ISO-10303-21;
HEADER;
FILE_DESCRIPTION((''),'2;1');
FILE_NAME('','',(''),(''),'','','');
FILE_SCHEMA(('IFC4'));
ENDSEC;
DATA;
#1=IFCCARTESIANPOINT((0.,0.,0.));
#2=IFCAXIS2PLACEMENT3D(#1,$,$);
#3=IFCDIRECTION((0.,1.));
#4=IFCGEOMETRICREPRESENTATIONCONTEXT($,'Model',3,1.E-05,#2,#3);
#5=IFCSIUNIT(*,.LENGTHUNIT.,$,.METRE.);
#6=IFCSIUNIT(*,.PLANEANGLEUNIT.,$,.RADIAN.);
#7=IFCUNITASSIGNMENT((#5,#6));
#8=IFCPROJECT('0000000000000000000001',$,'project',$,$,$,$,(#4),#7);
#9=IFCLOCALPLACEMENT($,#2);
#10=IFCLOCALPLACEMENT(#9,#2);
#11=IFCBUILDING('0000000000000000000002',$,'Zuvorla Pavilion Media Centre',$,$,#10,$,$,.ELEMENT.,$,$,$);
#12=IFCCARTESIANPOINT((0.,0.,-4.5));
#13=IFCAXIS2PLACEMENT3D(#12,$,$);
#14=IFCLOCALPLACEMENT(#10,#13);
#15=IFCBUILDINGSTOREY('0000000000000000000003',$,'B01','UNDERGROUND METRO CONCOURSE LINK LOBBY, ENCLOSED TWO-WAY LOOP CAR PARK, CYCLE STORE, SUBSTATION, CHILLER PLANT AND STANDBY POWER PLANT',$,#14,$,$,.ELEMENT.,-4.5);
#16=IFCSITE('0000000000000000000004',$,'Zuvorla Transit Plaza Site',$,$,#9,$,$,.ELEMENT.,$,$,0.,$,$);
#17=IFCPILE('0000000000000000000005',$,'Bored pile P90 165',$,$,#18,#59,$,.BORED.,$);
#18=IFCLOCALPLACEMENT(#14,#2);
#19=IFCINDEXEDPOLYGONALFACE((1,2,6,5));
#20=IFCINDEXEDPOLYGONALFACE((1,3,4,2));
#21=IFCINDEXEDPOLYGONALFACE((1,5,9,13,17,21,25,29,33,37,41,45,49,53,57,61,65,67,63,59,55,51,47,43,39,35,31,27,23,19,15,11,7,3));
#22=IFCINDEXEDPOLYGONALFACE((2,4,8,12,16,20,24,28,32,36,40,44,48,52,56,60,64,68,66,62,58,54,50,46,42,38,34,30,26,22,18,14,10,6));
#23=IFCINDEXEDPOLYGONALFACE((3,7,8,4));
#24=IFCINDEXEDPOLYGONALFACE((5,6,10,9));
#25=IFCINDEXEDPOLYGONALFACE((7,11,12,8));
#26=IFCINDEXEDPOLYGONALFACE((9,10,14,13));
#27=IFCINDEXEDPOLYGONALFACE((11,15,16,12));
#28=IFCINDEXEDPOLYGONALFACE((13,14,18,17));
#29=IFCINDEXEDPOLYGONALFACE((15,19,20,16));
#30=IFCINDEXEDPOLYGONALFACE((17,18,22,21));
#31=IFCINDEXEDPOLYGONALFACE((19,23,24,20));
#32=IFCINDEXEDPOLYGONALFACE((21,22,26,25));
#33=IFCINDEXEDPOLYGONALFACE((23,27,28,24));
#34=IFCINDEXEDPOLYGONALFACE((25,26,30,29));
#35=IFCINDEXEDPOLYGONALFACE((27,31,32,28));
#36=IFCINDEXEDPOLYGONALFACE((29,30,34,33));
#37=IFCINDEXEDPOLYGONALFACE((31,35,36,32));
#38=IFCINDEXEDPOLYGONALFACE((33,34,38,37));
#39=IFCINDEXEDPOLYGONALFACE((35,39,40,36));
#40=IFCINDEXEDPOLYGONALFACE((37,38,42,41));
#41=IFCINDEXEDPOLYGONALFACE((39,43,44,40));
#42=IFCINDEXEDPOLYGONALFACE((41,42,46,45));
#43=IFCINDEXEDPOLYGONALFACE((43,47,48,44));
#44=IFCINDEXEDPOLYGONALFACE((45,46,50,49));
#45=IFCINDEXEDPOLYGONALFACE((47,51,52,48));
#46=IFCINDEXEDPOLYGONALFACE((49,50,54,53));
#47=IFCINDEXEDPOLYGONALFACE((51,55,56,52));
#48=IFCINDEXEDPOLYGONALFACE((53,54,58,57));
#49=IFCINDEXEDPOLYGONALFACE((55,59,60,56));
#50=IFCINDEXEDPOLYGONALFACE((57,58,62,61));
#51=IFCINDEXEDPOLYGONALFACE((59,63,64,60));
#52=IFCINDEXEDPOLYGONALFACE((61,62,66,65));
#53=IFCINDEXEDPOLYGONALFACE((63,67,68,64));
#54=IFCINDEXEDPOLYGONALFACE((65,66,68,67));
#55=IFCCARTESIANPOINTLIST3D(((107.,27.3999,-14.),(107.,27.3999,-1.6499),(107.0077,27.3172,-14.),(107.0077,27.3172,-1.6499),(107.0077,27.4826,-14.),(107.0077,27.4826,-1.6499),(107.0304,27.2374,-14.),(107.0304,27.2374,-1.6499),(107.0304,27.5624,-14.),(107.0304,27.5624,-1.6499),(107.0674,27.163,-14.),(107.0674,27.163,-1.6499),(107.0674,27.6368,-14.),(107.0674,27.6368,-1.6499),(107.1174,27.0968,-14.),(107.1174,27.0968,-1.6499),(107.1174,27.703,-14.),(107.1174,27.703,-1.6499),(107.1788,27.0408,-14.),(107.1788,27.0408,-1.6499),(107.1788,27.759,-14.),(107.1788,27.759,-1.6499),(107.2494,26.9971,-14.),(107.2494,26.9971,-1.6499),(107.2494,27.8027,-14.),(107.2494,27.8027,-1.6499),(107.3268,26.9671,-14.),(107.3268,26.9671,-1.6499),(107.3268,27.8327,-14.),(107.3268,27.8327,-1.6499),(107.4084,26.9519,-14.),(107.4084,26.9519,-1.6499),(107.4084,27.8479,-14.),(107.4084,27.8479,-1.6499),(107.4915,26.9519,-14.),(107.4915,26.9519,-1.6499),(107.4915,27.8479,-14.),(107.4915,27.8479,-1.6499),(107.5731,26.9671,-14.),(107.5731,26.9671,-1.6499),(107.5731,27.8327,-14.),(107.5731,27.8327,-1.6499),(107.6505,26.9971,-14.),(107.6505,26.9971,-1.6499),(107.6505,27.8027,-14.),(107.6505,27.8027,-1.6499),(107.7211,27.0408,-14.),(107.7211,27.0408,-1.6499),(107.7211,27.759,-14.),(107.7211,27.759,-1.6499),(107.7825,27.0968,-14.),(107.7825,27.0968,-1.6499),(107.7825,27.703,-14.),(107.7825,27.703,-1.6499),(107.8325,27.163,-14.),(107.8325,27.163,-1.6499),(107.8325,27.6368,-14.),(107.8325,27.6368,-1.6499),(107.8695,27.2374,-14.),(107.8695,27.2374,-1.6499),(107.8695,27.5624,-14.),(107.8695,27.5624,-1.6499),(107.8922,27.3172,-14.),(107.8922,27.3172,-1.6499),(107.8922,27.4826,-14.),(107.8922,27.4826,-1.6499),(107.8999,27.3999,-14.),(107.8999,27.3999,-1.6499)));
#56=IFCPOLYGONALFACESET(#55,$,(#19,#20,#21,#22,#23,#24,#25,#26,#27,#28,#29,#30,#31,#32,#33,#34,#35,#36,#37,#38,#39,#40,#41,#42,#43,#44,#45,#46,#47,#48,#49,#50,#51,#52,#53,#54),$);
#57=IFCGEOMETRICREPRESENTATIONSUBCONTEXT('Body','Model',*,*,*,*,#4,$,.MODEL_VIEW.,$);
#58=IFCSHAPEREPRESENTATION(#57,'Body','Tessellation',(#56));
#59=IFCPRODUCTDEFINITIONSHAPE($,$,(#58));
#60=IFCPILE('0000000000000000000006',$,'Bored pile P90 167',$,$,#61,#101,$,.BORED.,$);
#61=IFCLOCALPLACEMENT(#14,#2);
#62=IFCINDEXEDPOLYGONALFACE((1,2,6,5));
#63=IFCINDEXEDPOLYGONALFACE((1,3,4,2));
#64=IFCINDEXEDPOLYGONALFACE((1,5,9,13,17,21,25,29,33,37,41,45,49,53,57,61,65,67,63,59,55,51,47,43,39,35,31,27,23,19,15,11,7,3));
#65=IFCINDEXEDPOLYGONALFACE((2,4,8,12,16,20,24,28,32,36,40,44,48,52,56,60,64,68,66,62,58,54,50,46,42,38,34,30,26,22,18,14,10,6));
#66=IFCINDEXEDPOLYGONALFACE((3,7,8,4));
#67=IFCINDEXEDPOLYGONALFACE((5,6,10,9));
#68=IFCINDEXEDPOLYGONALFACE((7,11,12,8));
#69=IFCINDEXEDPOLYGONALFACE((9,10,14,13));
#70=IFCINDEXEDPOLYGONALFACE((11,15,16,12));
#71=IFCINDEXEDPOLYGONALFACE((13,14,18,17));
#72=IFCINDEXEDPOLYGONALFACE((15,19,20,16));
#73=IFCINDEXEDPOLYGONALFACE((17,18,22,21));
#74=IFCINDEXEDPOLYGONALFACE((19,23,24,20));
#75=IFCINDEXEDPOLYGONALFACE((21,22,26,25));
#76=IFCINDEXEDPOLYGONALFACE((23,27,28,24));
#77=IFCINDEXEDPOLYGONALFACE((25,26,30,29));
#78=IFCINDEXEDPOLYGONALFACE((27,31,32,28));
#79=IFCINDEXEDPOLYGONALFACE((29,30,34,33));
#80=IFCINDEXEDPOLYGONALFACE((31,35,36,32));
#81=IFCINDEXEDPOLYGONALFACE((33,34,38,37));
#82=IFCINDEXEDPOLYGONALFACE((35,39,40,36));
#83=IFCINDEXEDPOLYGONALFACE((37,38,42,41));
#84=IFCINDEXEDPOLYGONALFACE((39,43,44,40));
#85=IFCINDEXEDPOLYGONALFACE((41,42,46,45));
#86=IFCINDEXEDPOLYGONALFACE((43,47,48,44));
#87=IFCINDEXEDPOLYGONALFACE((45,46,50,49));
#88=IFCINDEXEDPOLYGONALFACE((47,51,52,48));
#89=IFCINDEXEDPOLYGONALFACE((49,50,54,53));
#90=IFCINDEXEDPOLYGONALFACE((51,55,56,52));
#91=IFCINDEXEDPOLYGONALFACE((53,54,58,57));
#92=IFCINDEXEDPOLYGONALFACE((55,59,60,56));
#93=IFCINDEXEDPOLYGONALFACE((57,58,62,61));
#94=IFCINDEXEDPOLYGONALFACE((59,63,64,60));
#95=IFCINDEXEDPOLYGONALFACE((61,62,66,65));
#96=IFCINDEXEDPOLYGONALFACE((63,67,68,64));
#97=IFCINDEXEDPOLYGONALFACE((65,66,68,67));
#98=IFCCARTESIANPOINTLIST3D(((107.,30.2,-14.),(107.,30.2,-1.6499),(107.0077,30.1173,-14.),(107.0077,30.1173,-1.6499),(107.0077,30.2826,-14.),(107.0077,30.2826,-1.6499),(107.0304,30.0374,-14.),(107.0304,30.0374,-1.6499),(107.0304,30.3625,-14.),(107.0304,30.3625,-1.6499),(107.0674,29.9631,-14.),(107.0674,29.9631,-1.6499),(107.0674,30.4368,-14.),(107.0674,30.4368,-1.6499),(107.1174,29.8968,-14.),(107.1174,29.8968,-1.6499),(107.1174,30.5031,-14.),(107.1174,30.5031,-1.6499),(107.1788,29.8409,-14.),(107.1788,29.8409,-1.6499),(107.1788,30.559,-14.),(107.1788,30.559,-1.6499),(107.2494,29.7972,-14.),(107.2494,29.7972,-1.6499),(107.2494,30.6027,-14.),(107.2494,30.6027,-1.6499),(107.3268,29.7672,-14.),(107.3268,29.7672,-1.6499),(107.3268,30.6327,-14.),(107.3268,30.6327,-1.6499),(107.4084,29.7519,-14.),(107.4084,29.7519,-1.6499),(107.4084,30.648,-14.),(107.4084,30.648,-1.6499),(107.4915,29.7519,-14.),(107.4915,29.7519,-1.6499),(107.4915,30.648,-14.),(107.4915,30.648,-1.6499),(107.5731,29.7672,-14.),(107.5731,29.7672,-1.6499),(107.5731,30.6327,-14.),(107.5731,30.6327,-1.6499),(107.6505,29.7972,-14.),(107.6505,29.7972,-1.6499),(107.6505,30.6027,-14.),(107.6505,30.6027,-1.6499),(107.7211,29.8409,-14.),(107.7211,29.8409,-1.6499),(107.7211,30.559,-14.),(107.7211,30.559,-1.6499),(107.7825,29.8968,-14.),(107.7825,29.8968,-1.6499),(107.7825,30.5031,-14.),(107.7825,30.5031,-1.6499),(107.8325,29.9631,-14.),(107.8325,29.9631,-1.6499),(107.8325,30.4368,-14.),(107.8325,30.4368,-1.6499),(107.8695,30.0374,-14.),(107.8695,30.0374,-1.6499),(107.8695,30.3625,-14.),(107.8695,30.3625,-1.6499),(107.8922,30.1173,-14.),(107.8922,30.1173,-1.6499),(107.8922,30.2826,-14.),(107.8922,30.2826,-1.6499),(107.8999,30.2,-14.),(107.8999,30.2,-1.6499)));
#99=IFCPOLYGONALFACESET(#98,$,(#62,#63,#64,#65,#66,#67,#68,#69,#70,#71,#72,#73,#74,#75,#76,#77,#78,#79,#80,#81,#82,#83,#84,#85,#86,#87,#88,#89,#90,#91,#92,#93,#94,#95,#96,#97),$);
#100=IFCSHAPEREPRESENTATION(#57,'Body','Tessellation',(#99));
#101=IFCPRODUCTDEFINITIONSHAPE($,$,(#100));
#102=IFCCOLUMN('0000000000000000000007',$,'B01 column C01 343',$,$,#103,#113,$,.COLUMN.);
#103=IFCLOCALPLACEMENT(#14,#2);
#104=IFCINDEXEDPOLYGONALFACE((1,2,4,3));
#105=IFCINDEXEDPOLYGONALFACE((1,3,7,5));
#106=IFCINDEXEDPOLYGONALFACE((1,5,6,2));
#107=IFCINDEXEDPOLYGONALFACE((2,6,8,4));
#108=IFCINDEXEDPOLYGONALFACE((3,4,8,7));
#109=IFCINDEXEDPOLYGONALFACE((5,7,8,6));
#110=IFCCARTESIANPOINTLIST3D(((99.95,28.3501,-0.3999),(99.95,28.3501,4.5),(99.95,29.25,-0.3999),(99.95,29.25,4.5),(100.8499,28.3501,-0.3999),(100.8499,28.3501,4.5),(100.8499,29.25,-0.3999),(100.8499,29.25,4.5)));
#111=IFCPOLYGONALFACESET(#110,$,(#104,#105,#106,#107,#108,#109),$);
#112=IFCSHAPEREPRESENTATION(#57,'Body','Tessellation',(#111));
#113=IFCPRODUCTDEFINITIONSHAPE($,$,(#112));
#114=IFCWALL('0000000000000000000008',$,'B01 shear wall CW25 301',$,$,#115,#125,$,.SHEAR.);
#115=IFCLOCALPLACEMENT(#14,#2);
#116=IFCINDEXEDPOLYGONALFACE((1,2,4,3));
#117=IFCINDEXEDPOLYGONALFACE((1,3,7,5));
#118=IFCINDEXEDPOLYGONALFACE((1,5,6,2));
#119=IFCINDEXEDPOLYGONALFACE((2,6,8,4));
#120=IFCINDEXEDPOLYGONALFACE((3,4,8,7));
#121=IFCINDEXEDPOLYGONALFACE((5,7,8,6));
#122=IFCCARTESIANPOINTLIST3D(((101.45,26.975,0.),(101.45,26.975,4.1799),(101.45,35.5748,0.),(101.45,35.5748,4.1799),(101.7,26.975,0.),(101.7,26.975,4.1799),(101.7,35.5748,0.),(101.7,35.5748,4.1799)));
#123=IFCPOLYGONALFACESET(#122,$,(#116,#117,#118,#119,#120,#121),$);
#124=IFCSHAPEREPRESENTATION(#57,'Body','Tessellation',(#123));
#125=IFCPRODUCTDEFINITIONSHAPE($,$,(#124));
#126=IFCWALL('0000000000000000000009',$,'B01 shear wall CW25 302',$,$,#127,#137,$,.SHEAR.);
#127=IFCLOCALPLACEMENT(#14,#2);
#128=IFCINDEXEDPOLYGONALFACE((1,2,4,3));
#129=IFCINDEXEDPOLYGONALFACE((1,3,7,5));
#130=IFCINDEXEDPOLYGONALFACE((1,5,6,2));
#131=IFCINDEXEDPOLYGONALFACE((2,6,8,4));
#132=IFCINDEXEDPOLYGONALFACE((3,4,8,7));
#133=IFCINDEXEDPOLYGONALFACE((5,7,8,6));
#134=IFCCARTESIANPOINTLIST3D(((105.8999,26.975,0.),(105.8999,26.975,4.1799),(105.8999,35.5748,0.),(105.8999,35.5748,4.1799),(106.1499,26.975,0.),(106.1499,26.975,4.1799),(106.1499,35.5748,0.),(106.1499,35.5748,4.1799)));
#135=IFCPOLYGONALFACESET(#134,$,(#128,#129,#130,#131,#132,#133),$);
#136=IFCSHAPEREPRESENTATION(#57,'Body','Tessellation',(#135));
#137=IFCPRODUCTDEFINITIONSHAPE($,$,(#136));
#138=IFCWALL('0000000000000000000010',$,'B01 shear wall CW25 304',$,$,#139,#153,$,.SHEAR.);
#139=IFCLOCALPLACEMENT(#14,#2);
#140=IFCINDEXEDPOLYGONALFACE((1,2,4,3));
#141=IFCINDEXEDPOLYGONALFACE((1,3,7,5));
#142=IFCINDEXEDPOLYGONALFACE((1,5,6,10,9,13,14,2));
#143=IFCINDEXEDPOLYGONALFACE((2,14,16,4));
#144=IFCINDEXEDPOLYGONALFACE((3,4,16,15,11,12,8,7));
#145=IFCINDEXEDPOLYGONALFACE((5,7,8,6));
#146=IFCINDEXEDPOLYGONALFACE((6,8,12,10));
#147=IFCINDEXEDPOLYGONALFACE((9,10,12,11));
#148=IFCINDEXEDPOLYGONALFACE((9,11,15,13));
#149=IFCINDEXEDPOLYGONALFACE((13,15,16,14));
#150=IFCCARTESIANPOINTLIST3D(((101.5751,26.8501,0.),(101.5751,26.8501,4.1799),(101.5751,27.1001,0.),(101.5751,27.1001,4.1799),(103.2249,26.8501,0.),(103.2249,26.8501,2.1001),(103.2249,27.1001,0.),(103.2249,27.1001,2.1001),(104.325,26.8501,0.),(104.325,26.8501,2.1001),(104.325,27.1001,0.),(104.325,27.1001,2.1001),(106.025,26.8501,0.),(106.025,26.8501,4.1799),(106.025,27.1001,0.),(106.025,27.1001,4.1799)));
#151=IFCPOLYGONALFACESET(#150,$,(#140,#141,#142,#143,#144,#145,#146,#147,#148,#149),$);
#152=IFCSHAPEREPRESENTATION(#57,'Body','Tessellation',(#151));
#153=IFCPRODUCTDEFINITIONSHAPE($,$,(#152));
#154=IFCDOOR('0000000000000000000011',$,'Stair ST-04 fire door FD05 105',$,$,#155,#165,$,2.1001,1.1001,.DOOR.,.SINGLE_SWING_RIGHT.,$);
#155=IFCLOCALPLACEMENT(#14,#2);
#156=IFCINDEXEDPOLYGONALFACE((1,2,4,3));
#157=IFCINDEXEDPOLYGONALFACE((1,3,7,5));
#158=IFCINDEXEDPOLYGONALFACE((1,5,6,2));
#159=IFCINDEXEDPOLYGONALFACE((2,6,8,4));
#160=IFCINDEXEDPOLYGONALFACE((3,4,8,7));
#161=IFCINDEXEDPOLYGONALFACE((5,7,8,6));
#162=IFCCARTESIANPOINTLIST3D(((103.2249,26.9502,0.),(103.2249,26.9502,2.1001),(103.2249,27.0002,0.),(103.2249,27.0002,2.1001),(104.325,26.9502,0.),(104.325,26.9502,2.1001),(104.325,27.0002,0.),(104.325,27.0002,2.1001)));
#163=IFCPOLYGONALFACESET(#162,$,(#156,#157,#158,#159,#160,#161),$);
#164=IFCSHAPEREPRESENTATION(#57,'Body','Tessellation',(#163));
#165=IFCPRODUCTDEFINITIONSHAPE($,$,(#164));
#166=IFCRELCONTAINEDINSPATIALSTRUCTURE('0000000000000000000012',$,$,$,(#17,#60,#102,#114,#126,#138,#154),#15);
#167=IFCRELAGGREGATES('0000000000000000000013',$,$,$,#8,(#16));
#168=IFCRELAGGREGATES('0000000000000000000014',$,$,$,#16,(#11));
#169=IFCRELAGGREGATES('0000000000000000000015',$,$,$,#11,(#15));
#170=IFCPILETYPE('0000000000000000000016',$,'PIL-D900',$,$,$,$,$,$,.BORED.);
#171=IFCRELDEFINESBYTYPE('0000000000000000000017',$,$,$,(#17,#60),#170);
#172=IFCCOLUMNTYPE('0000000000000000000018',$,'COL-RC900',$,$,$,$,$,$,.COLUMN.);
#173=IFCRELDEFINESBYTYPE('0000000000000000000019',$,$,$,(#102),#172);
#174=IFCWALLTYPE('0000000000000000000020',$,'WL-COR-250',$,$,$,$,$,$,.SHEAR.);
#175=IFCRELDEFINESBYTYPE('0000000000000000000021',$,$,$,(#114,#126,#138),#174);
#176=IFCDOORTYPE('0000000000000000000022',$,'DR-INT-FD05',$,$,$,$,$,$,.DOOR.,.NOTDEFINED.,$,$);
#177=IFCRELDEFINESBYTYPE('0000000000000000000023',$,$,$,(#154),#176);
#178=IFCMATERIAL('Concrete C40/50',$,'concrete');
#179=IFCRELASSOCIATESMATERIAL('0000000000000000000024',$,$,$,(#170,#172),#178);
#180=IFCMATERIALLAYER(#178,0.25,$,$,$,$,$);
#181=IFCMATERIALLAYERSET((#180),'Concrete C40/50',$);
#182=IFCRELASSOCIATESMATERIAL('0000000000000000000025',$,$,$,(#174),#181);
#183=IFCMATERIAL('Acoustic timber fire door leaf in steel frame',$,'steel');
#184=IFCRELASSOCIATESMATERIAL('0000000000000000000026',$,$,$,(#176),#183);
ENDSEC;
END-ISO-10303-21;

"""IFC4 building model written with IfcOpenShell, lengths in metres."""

from ifc_helpers import new_model, si_unit, direction, frame, frame_2d, origin, origin_2d, place, context, subcontext, project, spatial, rectangle, circle, extrude, material, layer, layer_set, material_profile, profile_set, type_object, element, fill, save


model = new_model("IFC4")

# Units and contexts
model_context = context("Model", 3, precision=1e-05, world=origin(), true_north=direction((0.0, 1.0)))
body_context = subcontext(model_context, "Body", "Model", "MODEL_VIEW")
ifc_project = project(units=[si_unit("LENGTHUNIT", "METRE"), si_unit("PLANEANGLEUNIT", "RADIAN")], contexts=[model_context])

# Site, building, storey
site_placement = place(None, origin())
site = spatial("IfcSite", under=ifc_project, at=site_placement, Name="Zuvorla Transit Plaza Site", CompositionType="ELEMENT", RefElevation=0.0)
building_placement = place(site_placement, origin())
building = spatial("IfcBuilding", under=site, at=building_placement, Name="Zuvorla Pavilion Media Centre", CompositionType="ELEMENT")
storey_placement = place(building_placement, frame((0.0, 0.0, -4.5)))
storey = spatial("IfcBuildingStorey", under=building, at=storey_placement, Name="B01", Description="UNDERGROUND METRO CONCOURSE LINK LOBBY, ENCLOSED TWO-WAY LOOP CAR PARK, CYCLE STORE, SUBSTATION, CHILLER PLANT AND STANDBY POWER PLANT", CompositionType="ELEMENT", Elevation=-4.5)

# Shared definitions
ifc_material_1 = material(Name="Concrete C40/50", Category="concrete")

# Piles
ifc_material_profile_1 = material_profile(ifc_material_1, circle(Radius=0.45, at=origin_2d()), Name="BORED PILE 900")
ifc_profile_set_1 = profile_set([ifc_material_profile_1], Name="Concrete C40/50")
pile_type = type_object("IfcPileType", Name="PIL-D900", PredefinedType="BORED", material=ifc_profile_set_1)
for number, where, z_axis, x_axis, name in (
    (1, (107.45, 27.3999, -1.6499), (0.0, 0.0, -1.0), (1.0, 0.0, 0.0), "Bored pile P90 165"),
    (2, (107.45, 30.2, -1.6499), (0.0, 0.0, -1.0), (1.0, 0.0, 0.0), "Bored pile P90 167"),
):
    element("IfcPile", number, at=place(storey_placement, frame(where, z_axis=z_axis, x_axis=x_axis)), inside=storey, type_object=pile_type, Name=name, PredefinedType="BORED", context=body_context, shape_type="SweptSolid", body=[
        extrude(circle(Radius=0.45, at=origin_2d()), origin(), (0.0, 0.0, 1.0), 12.3501),
    ])

# Column
ifc_material_profile_2 = material_profile(ifc_material_1, rectangle(XDim=0.8999, YDim=0.8999, at=origin_2d()), Name="RC 900x900")
ifc_profile_set_2 = profile_set([ifc_material_profile_2], Name="Concrete C40/50")
column_type = type_object("IfcColumnType", Name="COL-RC900", PredefinedType="COLUMN", material=ifc_profile_set_2)
column_placement = place(storey_placement, frame((100.3999, 28.8, -0.3999), z_axis=(0.0, 0.0, 1.0), x_axis=(1.0, 0.0, 0.0)))
element("IfcColumn", 3, at=column_placement, inside=storey, type_object=column_type, Name="B01 column C01 343", PredefinedType="COLUMN", context=body_context, shape_type="SweptSolid", body=[
    extrude(rectangle(XDim=0.8999, YDim=0.8999, at=origin_2d()), origin(), (0.0, 0.0, 1.0), 4.8999),
])

# Walls
ifc_layer = layer(ifc_material_1, 0.25)
ifc_layer_set = layer_set([ifc_layer], Name="Concrete C40/50")
wall_type = type_object("IfcWallType", Name="WL-COR-250", PredefinedType="SHEAR", material=ifc_layer_set)
for number, where, z_axis, x_axis, name in (
    (4, (101.575, 26.9751, 0.0), (0.0, 0.0, 1.0), (0.0, 1.0, 0.0), "B01 shear wall CW25 301"),
    (5, (106.0249, 26.9751, 0.0), (0.0, 0.0, 1.0), (0.0, 1.0, 0.0), "B01 shear wall CW25 302"),
):
    element("IfcWall", number, at=place(storey_placement, frame(where, z_axis=z_axis, x_axis=x_axis)), inside=storey, type_object=wall_type, Name=name, PredefinedType="SHEAR", context=body_context, shape_type="SweptSolid", body=[
        extrude(rectangle(XDim=8.5999, YDim=0.25, at=frame_2d((4.2998, 0.0))), origin(), (0.0, 0.0, 1.0), 4.1799),
    ])

# Wall, opening, door
wall_placement = place(storey_placement, frame((101.575, 26.9751, 0.0), z_axis=(0.0, 0.0, 1.0), x_axis=(1.0, 0.0, 0.0)))
wall = element("IfcWall", 6, at=wall_placement, inside=storey, type_object=wall_type, Name="B01 shear wall CW25 304", PredefinedType="SHEAR", context=body_context, shape_type="SweptSolid", body=[
    extrude(rectangle(XDim=4.45, YDim=0.25, at=frame_2d((2.2251, 0.0))), origin(), (0.0, 0.0, 1.0), 4.1799),
])
opening_placement = place(wall_placement, frame((1.6499, 0.0, 0.0)))
opening = element("IfcOpeningElement", 7, at=opening_placement, cuts=wall, PredefinedType="OPENING", context=body_context, shape_type="SweptSolid", body=[
    extrude(rectangle(XDim=1.1001, YDim=2.1001, at=frame_2d((0.55, 1.05))), frame((0.0, 0.135, 0.0), z_axis=(0.0, -1.0, 0.0), x_axis=(1.0, 0.0, 0.0)), (0.0, 0.0, 1.0), 0.27),
])
ifc_material_2 = material(Name="Acoustic timber fire door leaf in steel frame", Category="steel")
door_type = type_object("IfcDoorType", Name="DR-INT-FD05", OperationType="NOTDEFINED", PredefinedType="DOOR", material=ifc_material_2)
door_placement = place(opening_placement, frame((1.1001, 0.0, 0.0), z_axis=(0.0, 0.0, 1.0), x_axis=(-1.0, 0.0, 0.0)))
door = element("IfcDoor", 8, at=door_placement, inside=storey, type_object=door_type, Name="Stair ST-04 fire door FD05 105", OperationType="SINGLE_SWING_RIGHT", OverallHeight=2.1001, OverallWidth=1.1001, PredefinedType="DOOR", context=body_context, shape_type="SweptSolid", body=[
    extrude(rectangle(XDim=1.1001, YDim=2.1001, at=frame_2d((0.55, 1.05))), frame((0.0, 0.0249, 0.0), z_axis=(0.0, -1.0, 0.0), x_axis=(1.0, 0.0, 0.0)), (0.0, 0.0, 1.0), 0.05),
])
fill(opening, door)

save(model, "model.ifc")
